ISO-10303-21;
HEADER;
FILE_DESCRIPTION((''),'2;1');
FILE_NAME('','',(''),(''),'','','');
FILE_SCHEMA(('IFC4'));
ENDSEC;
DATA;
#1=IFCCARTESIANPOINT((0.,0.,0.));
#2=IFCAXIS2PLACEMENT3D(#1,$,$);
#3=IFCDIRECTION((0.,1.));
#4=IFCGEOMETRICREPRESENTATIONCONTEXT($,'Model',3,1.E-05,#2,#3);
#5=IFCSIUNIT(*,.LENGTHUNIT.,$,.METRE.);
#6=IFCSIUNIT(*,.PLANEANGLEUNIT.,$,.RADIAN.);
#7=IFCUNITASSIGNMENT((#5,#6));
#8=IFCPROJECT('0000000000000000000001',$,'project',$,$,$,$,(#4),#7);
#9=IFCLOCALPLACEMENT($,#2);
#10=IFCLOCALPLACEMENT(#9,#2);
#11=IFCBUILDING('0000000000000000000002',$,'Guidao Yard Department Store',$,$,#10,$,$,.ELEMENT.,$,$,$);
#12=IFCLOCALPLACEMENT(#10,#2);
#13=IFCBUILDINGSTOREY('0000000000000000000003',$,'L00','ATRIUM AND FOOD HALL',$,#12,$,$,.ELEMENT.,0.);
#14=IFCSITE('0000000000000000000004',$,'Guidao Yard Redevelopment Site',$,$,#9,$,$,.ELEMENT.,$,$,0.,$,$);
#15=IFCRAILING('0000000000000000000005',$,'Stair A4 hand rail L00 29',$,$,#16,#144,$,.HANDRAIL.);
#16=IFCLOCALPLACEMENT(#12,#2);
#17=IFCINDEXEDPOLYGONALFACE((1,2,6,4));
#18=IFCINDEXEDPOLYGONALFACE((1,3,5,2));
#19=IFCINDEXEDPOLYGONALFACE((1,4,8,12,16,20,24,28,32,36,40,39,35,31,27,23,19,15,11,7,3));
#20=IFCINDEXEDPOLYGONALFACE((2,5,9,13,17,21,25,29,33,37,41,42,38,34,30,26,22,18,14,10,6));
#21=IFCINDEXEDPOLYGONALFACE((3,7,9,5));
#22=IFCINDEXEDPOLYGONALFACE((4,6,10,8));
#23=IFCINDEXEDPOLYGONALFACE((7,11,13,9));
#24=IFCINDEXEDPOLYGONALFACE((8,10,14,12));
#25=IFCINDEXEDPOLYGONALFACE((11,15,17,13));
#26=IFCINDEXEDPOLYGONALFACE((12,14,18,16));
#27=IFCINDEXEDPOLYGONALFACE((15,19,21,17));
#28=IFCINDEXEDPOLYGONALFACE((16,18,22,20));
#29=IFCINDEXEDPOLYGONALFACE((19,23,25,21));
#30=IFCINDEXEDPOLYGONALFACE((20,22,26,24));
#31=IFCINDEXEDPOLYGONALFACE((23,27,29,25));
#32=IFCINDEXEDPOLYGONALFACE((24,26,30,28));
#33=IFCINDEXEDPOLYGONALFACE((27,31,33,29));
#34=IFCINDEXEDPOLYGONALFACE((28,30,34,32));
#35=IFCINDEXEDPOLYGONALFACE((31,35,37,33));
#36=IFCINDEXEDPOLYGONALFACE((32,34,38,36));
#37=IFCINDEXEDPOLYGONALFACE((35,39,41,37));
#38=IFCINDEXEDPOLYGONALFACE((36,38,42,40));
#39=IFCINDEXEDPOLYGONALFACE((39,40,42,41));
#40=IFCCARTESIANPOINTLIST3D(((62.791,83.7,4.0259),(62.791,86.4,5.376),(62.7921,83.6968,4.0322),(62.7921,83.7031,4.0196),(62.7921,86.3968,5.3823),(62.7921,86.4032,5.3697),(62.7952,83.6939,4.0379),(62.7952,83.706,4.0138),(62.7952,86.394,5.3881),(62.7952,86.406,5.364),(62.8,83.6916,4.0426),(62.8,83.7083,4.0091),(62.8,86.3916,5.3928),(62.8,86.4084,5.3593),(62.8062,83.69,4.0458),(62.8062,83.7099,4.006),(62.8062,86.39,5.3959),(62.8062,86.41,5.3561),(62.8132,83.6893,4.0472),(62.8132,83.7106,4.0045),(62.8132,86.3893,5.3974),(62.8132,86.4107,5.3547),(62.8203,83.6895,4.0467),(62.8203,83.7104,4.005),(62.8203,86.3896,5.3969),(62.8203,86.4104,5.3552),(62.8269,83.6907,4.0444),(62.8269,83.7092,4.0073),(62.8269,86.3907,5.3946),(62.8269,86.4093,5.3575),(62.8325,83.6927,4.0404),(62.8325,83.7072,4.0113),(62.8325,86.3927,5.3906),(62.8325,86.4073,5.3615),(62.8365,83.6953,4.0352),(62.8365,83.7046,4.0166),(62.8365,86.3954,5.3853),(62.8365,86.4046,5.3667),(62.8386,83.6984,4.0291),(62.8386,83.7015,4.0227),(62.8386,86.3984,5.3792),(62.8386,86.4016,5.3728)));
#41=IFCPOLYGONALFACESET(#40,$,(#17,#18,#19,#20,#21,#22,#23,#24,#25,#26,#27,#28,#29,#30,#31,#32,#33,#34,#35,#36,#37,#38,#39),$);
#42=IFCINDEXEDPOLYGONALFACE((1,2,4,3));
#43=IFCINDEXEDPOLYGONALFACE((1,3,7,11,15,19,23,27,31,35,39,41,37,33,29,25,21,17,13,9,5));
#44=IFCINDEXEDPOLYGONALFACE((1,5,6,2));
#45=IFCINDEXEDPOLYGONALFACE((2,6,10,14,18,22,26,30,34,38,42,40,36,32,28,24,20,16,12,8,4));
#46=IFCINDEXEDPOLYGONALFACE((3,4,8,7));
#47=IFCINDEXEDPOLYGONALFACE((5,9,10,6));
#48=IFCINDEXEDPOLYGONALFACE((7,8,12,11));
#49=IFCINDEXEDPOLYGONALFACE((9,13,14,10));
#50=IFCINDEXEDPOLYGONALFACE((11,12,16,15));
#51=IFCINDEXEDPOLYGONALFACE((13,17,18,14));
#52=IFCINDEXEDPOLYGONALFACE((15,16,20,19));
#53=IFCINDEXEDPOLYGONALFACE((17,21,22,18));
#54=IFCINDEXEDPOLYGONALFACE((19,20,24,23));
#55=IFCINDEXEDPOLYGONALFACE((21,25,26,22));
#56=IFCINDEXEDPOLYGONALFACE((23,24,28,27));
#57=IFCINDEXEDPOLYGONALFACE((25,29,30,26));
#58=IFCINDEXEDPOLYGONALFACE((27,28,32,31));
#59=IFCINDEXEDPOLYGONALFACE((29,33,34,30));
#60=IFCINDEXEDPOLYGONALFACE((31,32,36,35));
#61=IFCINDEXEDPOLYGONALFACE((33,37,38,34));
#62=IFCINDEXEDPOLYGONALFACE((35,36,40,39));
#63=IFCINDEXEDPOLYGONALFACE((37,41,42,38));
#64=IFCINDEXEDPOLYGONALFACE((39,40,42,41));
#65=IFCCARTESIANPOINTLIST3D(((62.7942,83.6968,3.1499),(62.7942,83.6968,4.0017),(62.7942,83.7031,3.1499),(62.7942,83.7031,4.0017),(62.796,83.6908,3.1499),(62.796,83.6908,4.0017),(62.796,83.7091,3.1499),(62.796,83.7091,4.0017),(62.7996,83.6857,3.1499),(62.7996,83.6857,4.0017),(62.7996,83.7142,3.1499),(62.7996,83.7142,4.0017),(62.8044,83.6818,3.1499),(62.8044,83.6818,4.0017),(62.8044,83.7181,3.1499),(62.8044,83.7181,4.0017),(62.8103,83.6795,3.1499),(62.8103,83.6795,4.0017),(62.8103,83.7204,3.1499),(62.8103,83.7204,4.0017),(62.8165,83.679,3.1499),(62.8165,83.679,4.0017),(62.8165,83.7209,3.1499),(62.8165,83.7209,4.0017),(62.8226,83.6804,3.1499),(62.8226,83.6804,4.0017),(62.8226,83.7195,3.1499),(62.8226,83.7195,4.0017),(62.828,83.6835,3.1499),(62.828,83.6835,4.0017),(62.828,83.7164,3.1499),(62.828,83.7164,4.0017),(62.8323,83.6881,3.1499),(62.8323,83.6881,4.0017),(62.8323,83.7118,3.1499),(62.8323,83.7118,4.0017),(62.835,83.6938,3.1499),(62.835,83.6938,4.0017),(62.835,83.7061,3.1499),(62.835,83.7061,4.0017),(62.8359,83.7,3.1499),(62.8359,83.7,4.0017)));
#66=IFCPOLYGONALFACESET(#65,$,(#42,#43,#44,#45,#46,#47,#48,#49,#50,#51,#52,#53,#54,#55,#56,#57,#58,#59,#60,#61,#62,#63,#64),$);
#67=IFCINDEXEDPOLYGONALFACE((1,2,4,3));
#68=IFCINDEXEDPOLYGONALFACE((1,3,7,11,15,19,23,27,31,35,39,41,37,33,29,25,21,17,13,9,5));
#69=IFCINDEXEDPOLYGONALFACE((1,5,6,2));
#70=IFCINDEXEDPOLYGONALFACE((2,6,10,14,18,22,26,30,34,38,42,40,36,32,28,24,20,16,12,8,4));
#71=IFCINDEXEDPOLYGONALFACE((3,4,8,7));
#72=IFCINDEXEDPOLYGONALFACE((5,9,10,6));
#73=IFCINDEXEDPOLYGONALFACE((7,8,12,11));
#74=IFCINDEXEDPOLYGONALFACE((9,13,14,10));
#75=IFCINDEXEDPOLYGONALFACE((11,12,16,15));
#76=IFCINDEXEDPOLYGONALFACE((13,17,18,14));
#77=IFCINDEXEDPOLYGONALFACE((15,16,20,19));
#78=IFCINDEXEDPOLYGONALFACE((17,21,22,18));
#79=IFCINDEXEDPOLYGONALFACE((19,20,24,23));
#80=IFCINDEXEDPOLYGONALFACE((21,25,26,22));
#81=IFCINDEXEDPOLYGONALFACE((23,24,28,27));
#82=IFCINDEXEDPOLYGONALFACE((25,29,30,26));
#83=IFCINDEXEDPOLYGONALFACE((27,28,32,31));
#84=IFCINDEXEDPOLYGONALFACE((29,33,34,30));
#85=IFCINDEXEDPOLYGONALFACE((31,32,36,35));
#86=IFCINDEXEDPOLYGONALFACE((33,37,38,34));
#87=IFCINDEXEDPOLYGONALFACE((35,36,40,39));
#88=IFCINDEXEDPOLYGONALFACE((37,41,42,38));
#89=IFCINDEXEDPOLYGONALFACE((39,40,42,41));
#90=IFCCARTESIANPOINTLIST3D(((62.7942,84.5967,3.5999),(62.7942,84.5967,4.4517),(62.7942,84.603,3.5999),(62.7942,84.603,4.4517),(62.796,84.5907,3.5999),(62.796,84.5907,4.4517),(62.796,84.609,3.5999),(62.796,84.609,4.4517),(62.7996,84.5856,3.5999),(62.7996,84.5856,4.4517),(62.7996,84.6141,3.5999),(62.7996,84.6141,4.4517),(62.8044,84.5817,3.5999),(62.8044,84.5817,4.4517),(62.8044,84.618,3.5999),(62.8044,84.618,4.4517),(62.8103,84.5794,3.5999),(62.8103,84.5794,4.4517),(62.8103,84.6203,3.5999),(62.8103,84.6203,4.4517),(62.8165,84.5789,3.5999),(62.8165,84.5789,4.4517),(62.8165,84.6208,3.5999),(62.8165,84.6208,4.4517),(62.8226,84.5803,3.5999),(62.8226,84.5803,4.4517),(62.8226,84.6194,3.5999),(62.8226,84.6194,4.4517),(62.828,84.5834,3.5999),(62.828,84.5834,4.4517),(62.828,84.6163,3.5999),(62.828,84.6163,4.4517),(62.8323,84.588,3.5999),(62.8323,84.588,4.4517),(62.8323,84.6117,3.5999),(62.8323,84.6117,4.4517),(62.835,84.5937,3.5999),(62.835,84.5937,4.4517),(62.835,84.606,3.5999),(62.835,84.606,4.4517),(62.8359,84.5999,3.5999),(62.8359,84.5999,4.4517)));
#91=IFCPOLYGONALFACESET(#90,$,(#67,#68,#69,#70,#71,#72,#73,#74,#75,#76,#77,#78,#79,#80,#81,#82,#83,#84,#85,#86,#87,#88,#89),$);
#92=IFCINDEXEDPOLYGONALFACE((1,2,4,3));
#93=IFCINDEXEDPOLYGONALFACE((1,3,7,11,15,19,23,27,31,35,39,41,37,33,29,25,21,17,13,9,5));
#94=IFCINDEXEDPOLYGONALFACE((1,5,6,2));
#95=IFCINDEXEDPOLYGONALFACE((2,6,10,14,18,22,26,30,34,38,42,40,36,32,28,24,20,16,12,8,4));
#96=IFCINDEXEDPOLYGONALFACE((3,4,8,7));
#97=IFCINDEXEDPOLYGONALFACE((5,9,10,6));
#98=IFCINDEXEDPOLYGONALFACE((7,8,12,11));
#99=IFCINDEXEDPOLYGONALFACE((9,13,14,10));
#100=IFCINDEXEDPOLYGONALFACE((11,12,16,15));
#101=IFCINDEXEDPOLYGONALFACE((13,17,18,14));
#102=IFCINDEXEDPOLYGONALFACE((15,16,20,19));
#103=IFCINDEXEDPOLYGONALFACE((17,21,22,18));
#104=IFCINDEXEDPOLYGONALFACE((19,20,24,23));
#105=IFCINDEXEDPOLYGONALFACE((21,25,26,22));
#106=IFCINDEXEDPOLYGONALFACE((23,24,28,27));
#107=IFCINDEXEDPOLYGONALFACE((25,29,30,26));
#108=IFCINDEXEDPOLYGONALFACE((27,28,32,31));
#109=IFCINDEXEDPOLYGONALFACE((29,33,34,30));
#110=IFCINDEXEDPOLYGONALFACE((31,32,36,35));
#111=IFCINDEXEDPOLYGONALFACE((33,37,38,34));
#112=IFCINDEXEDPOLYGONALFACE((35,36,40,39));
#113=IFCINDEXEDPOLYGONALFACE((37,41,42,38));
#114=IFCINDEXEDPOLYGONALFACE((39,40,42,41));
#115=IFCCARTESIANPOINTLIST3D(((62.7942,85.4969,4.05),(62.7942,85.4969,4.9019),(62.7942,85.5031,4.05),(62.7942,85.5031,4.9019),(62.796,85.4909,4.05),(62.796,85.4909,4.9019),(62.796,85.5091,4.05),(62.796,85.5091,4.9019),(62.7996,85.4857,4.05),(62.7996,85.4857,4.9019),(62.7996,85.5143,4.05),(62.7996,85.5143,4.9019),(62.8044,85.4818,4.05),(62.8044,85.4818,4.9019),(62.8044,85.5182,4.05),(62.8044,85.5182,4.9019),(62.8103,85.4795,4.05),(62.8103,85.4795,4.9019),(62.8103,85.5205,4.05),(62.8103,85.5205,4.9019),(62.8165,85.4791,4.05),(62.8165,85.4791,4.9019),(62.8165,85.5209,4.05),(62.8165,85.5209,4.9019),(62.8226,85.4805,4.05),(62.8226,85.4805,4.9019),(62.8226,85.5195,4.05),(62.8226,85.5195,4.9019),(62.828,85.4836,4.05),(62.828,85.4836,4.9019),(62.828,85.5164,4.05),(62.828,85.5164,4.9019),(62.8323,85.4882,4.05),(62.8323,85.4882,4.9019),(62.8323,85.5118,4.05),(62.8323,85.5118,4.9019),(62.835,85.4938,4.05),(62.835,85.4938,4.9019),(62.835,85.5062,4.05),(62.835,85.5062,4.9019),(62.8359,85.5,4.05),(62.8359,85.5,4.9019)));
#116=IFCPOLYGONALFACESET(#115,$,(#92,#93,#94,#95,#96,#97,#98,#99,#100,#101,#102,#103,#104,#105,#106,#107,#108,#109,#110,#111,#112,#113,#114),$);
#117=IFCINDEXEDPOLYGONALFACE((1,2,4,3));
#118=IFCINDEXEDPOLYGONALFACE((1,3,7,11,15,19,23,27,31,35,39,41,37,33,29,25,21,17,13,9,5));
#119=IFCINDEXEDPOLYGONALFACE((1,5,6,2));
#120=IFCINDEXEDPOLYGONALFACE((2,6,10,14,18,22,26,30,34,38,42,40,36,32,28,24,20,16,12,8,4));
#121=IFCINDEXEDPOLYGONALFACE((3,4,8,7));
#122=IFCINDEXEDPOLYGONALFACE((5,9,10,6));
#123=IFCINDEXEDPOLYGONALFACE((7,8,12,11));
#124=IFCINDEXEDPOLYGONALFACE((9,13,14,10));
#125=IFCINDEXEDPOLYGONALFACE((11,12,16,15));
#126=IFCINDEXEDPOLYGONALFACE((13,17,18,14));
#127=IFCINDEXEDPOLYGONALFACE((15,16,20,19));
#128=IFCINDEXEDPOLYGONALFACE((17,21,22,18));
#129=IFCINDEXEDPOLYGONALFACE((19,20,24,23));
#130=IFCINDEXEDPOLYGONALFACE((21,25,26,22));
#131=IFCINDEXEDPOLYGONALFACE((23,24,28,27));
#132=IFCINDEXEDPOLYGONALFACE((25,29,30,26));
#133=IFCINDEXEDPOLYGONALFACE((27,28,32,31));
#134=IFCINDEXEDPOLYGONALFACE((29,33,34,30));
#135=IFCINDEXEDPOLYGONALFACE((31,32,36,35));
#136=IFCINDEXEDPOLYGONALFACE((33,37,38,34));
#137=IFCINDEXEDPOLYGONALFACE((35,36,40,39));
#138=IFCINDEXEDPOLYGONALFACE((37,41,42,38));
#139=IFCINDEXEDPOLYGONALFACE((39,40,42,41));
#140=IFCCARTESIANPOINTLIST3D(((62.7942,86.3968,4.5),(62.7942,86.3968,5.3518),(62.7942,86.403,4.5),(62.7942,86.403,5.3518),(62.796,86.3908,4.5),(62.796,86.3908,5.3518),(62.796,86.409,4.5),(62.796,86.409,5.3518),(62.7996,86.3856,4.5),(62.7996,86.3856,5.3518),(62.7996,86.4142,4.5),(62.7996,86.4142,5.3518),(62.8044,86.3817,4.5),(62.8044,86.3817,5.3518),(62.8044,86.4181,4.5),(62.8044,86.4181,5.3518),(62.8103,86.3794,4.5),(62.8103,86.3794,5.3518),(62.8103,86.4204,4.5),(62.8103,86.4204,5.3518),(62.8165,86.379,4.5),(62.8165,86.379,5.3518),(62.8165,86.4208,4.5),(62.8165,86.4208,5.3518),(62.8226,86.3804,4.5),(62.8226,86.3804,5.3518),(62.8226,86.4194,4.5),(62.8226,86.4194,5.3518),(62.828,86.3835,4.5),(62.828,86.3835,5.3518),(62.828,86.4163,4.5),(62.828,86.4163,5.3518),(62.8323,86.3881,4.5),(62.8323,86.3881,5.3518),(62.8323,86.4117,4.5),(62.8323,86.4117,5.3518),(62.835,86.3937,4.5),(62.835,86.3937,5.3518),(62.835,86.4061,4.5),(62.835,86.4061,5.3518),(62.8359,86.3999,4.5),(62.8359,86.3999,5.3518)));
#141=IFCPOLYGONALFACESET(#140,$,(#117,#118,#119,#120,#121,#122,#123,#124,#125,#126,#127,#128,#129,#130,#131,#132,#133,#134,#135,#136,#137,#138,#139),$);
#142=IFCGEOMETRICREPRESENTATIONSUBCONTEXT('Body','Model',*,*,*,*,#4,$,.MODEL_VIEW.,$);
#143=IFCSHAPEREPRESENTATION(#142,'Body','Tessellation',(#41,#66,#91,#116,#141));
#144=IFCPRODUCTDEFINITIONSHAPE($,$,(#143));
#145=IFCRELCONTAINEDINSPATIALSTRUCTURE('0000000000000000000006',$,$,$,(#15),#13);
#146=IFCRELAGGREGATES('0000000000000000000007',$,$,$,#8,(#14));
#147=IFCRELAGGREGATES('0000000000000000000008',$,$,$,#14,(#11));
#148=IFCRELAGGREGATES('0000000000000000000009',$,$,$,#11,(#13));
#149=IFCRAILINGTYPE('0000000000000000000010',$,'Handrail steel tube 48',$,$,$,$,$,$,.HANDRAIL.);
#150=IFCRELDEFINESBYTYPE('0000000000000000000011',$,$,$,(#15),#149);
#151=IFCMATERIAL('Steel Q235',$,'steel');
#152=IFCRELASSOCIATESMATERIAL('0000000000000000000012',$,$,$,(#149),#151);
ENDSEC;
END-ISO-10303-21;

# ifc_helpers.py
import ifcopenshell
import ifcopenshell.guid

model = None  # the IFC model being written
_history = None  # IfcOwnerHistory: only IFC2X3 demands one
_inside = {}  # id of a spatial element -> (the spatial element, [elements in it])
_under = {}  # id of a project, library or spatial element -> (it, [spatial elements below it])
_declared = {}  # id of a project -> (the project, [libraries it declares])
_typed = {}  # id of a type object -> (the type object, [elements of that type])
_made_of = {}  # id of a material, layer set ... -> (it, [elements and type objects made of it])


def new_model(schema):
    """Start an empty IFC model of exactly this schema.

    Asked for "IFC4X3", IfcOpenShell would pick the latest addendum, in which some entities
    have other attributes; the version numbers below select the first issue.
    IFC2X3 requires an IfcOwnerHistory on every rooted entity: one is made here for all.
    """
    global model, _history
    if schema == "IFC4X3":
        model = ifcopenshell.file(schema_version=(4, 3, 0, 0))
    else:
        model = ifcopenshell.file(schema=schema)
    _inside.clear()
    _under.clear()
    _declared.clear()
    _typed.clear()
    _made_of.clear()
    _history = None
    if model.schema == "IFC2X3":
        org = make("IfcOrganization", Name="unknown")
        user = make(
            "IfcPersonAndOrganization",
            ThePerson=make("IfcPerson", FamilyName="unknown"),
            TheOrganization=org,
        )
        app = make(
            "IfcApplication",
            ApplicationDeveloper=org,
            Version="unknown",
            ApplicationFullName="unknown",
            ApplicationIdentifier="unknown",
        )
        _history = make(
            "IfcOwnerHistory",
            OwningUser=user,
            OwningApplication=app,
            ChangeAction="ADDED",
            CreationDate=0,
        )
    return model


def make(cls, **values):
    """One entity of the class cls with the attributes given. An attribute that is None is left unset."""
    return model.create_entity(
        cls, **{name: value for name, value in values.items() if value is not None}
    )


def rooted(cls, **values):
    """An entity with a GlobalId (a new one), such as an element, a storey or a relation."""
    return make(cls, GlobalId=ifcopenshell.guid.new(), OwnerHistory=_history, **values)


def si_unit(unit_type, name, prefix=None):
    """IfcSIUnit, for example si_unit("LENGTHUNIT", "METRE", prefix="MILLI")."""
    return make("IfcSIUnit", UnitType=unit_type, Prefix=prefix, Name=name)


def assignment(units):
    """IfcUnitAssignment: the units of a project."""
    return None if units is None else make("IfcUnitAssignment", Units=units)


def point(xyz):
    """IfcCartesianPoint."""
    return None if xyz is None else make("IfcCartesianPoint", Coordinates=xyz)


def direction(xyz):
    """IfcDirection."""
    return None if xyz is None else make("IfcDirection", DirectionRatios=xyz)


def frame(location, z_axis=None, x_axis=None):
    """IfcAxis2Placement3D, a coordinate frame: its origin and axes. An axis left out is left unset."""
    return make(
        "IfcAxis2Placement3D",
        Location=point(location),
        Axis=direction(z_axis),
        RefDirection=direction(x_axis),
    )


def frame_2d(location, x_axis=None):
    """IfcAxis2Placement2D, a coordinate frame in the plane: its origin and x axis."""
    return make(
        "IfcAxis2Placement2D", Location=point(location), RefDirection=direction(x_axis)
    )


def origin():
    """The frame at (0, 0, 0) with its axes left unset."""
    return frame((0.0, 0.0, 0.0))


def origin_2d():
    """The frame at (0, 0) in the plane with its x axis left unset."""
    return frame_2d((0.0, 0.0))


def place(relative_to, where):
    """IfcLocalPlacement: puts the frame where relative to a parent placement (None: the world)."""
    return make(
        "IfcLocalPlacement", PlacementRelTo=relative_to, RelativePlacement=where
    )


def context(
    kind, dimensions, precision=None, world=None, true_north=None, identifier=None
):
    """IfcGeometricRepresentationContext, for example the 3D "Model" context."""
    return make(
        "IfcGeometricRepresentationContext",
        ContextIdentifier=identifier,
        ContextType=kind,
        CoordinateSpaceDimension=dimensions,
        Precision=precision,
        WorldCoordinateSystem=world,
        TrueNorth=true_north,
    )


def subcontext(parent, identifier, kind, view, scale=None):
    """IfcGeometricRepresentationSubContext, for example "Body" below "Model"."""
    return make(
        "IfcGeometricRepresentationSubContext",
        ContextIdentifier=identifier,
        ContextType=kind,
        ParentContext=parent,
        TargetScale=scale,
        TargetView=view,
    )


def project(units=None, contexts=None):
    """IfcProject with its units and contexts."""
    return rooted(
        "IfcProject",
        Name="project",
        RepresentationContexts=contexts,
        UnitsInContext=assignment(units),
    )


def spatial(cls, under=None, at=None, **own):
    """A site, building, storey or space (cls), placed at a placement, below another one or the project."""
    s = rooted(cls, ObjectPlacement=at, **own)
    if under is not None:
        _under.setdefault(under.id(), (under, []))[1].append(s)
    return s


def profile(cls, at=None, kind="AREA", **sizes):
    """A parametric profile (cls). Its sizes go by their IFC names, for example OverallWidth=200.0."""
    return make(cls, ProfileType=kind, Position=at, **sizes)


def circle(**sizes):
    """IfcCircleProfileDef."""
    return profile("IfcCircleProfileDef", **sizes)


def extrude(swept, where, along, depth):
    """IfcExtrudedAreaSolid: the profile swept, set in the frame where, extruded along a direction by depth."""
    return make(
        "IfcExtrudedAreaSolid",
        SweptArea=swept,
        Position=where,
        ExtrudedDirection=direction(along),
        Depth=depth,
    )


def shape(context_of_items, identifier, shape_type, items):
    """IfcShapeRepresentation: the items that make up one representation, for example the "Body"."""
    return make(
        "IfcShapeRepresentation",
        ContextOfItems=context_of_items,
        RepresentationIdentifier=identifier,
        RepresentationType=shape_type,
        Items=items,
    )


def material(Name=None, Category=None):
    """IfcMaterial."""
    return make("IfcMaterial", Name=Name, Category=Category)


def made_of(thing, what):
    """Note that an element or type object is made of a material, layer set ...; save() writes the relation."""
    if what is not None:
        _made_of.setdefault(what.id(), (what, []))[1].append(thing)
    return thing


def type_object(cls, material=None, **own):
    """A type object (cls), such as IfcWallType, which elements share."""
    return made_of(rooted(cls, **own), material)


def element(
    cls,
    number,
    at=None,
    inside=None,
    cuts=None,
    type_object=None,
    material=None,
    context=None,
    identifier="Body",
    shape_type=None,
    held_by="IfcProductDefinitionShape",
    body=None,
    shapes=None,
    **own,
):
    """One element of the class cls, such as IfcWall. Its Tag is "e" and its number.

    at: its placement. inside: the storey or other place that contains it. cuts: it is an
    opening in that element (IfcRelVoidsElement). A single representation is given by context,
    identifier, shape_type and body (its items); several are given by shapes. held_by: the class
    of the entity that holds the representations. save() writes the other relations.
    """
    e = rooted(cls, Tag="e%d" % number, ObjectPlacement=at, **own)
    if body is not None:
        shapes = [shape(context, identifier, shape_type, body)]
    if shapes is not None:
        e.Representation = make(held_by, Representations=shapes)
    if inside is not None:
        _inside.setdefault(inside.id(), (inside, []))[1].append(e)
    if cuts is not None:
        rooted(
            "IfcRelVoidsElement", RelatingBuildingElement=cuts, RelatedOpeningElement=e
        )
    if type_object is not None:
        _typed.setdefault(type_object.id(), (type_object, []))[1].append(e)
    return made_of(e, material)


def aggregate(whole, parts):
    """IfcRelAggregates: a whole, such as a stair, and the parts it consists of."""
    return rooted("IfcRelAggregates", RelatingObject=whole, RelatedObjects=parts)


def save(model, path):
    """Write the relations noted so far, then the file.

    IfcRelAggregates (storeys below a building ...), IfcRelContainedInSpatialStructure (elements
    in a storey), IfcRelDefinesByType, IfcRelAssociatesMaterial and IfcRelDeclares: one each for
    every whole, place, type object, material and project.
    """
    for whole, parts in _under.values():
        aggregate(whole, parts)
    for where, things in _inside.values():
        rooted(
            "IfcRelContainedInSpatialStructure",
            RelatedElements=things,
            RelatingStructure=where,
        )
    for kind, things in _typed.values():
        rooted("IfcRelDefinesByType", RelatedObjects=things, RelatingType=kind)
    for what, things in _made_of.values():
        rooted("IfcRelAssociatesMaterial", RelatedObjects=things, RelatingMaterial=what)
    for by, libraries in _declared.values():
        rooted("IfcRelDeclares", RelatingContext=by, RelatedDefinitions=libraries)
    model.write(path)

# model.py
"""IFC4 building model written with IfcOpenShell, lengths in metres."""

from ifc_helpers import new_model, si_unit, direction, frame, origin, origin_2d, place, context, subcontext, project, spatial, circle, extrude, material, type_object, element, save


model = new_model("IFC4")

# Units and contexts
model_context = context("Model", 3, precision=1e-05, world=origin(), true_north=direction((0.0, 1.0)))
body_context = subcontext(model_context, "Body", "Model", "MODEL_VIEW")
ifc_project = project(units=[si_unit("LENGTHUNIT", "METRE"), si_unit("PLANEANGLEUNIT", "RADIAN")], contexts=[model_context])

# Site, building, storey
site_placement = place(None, origin())
site = spatial("IfcSite", under=ifc_project, at=site_placement, Name="Guidao Yard Redevelopment Site", CompositionType="ELEMENT", RefElevation=0.0)
building_placement = place(site_placement, origin())
building = spatial("IfcBuilding", under=site, at=building_placement, Name="Guidao Yard Department Store", CompositionType="ELEMENT")
storey_placement = place(building_placement, origin())
storey = spatial("IfcBuildingStorey", under=building, at=storey_placement, Name="L00", Description="ATRIUM AND FOOD HALL", CompositionType="ELEMENT", Elevation=0.0)

# Railing
ifc_material_1 = material(Name="Steel Q235", Category="steel")
railing_type = type_object("IfcRailingType", Name="Handrail steel tube 48", PredefinedType="HANDRAIL", material=ifc_material_1)
for number, where, name in (
    (1, (62.8149, 83.7, 3.1499), "Stair A4 hand rail L00 29"),
):
    element("IfcRailing", number, at=place(storey_placement, frame(where)), inside=storey, type_object=railing_type, Name=name, PredefinedType="HANDRAIL", context=body_context, shape_type="SweptSolid", body=[
        extrude(circle(Radius=0.0239, at=origin_2d()), frame((0.0, 0.0, 0.876), z_axis=(0.0, 0.894411, 0.447246), x_axis=(-1.0, 0.0, 0.0)), (0.0, 0.0, 1.0), 3.0188),
        extrude(circle(Radius=0.021, at=origin_2d()), origin(), (0.0, 0.0, 1.0), 0.8518),
        extrude(circle(Radius=0.021, at=origin_2d()), frame((0.0, 0.8999, 0.45)), (0.0, 0.0, 1.0), 0.8518),
        extrude(circle(Radius=0.021, at=origin_2d()), frame((0.0, 1.8, 0.9001)), (0.0, 0.0, 1.0), 0.8518),
        extrude(circle(Radius=0.021, at=origin_2d()), frame((0.0, 2.7, 1.3501)), (0.0, 0.0, 1.0), 0.8518),
    ])

save(model, "model.ifc")
